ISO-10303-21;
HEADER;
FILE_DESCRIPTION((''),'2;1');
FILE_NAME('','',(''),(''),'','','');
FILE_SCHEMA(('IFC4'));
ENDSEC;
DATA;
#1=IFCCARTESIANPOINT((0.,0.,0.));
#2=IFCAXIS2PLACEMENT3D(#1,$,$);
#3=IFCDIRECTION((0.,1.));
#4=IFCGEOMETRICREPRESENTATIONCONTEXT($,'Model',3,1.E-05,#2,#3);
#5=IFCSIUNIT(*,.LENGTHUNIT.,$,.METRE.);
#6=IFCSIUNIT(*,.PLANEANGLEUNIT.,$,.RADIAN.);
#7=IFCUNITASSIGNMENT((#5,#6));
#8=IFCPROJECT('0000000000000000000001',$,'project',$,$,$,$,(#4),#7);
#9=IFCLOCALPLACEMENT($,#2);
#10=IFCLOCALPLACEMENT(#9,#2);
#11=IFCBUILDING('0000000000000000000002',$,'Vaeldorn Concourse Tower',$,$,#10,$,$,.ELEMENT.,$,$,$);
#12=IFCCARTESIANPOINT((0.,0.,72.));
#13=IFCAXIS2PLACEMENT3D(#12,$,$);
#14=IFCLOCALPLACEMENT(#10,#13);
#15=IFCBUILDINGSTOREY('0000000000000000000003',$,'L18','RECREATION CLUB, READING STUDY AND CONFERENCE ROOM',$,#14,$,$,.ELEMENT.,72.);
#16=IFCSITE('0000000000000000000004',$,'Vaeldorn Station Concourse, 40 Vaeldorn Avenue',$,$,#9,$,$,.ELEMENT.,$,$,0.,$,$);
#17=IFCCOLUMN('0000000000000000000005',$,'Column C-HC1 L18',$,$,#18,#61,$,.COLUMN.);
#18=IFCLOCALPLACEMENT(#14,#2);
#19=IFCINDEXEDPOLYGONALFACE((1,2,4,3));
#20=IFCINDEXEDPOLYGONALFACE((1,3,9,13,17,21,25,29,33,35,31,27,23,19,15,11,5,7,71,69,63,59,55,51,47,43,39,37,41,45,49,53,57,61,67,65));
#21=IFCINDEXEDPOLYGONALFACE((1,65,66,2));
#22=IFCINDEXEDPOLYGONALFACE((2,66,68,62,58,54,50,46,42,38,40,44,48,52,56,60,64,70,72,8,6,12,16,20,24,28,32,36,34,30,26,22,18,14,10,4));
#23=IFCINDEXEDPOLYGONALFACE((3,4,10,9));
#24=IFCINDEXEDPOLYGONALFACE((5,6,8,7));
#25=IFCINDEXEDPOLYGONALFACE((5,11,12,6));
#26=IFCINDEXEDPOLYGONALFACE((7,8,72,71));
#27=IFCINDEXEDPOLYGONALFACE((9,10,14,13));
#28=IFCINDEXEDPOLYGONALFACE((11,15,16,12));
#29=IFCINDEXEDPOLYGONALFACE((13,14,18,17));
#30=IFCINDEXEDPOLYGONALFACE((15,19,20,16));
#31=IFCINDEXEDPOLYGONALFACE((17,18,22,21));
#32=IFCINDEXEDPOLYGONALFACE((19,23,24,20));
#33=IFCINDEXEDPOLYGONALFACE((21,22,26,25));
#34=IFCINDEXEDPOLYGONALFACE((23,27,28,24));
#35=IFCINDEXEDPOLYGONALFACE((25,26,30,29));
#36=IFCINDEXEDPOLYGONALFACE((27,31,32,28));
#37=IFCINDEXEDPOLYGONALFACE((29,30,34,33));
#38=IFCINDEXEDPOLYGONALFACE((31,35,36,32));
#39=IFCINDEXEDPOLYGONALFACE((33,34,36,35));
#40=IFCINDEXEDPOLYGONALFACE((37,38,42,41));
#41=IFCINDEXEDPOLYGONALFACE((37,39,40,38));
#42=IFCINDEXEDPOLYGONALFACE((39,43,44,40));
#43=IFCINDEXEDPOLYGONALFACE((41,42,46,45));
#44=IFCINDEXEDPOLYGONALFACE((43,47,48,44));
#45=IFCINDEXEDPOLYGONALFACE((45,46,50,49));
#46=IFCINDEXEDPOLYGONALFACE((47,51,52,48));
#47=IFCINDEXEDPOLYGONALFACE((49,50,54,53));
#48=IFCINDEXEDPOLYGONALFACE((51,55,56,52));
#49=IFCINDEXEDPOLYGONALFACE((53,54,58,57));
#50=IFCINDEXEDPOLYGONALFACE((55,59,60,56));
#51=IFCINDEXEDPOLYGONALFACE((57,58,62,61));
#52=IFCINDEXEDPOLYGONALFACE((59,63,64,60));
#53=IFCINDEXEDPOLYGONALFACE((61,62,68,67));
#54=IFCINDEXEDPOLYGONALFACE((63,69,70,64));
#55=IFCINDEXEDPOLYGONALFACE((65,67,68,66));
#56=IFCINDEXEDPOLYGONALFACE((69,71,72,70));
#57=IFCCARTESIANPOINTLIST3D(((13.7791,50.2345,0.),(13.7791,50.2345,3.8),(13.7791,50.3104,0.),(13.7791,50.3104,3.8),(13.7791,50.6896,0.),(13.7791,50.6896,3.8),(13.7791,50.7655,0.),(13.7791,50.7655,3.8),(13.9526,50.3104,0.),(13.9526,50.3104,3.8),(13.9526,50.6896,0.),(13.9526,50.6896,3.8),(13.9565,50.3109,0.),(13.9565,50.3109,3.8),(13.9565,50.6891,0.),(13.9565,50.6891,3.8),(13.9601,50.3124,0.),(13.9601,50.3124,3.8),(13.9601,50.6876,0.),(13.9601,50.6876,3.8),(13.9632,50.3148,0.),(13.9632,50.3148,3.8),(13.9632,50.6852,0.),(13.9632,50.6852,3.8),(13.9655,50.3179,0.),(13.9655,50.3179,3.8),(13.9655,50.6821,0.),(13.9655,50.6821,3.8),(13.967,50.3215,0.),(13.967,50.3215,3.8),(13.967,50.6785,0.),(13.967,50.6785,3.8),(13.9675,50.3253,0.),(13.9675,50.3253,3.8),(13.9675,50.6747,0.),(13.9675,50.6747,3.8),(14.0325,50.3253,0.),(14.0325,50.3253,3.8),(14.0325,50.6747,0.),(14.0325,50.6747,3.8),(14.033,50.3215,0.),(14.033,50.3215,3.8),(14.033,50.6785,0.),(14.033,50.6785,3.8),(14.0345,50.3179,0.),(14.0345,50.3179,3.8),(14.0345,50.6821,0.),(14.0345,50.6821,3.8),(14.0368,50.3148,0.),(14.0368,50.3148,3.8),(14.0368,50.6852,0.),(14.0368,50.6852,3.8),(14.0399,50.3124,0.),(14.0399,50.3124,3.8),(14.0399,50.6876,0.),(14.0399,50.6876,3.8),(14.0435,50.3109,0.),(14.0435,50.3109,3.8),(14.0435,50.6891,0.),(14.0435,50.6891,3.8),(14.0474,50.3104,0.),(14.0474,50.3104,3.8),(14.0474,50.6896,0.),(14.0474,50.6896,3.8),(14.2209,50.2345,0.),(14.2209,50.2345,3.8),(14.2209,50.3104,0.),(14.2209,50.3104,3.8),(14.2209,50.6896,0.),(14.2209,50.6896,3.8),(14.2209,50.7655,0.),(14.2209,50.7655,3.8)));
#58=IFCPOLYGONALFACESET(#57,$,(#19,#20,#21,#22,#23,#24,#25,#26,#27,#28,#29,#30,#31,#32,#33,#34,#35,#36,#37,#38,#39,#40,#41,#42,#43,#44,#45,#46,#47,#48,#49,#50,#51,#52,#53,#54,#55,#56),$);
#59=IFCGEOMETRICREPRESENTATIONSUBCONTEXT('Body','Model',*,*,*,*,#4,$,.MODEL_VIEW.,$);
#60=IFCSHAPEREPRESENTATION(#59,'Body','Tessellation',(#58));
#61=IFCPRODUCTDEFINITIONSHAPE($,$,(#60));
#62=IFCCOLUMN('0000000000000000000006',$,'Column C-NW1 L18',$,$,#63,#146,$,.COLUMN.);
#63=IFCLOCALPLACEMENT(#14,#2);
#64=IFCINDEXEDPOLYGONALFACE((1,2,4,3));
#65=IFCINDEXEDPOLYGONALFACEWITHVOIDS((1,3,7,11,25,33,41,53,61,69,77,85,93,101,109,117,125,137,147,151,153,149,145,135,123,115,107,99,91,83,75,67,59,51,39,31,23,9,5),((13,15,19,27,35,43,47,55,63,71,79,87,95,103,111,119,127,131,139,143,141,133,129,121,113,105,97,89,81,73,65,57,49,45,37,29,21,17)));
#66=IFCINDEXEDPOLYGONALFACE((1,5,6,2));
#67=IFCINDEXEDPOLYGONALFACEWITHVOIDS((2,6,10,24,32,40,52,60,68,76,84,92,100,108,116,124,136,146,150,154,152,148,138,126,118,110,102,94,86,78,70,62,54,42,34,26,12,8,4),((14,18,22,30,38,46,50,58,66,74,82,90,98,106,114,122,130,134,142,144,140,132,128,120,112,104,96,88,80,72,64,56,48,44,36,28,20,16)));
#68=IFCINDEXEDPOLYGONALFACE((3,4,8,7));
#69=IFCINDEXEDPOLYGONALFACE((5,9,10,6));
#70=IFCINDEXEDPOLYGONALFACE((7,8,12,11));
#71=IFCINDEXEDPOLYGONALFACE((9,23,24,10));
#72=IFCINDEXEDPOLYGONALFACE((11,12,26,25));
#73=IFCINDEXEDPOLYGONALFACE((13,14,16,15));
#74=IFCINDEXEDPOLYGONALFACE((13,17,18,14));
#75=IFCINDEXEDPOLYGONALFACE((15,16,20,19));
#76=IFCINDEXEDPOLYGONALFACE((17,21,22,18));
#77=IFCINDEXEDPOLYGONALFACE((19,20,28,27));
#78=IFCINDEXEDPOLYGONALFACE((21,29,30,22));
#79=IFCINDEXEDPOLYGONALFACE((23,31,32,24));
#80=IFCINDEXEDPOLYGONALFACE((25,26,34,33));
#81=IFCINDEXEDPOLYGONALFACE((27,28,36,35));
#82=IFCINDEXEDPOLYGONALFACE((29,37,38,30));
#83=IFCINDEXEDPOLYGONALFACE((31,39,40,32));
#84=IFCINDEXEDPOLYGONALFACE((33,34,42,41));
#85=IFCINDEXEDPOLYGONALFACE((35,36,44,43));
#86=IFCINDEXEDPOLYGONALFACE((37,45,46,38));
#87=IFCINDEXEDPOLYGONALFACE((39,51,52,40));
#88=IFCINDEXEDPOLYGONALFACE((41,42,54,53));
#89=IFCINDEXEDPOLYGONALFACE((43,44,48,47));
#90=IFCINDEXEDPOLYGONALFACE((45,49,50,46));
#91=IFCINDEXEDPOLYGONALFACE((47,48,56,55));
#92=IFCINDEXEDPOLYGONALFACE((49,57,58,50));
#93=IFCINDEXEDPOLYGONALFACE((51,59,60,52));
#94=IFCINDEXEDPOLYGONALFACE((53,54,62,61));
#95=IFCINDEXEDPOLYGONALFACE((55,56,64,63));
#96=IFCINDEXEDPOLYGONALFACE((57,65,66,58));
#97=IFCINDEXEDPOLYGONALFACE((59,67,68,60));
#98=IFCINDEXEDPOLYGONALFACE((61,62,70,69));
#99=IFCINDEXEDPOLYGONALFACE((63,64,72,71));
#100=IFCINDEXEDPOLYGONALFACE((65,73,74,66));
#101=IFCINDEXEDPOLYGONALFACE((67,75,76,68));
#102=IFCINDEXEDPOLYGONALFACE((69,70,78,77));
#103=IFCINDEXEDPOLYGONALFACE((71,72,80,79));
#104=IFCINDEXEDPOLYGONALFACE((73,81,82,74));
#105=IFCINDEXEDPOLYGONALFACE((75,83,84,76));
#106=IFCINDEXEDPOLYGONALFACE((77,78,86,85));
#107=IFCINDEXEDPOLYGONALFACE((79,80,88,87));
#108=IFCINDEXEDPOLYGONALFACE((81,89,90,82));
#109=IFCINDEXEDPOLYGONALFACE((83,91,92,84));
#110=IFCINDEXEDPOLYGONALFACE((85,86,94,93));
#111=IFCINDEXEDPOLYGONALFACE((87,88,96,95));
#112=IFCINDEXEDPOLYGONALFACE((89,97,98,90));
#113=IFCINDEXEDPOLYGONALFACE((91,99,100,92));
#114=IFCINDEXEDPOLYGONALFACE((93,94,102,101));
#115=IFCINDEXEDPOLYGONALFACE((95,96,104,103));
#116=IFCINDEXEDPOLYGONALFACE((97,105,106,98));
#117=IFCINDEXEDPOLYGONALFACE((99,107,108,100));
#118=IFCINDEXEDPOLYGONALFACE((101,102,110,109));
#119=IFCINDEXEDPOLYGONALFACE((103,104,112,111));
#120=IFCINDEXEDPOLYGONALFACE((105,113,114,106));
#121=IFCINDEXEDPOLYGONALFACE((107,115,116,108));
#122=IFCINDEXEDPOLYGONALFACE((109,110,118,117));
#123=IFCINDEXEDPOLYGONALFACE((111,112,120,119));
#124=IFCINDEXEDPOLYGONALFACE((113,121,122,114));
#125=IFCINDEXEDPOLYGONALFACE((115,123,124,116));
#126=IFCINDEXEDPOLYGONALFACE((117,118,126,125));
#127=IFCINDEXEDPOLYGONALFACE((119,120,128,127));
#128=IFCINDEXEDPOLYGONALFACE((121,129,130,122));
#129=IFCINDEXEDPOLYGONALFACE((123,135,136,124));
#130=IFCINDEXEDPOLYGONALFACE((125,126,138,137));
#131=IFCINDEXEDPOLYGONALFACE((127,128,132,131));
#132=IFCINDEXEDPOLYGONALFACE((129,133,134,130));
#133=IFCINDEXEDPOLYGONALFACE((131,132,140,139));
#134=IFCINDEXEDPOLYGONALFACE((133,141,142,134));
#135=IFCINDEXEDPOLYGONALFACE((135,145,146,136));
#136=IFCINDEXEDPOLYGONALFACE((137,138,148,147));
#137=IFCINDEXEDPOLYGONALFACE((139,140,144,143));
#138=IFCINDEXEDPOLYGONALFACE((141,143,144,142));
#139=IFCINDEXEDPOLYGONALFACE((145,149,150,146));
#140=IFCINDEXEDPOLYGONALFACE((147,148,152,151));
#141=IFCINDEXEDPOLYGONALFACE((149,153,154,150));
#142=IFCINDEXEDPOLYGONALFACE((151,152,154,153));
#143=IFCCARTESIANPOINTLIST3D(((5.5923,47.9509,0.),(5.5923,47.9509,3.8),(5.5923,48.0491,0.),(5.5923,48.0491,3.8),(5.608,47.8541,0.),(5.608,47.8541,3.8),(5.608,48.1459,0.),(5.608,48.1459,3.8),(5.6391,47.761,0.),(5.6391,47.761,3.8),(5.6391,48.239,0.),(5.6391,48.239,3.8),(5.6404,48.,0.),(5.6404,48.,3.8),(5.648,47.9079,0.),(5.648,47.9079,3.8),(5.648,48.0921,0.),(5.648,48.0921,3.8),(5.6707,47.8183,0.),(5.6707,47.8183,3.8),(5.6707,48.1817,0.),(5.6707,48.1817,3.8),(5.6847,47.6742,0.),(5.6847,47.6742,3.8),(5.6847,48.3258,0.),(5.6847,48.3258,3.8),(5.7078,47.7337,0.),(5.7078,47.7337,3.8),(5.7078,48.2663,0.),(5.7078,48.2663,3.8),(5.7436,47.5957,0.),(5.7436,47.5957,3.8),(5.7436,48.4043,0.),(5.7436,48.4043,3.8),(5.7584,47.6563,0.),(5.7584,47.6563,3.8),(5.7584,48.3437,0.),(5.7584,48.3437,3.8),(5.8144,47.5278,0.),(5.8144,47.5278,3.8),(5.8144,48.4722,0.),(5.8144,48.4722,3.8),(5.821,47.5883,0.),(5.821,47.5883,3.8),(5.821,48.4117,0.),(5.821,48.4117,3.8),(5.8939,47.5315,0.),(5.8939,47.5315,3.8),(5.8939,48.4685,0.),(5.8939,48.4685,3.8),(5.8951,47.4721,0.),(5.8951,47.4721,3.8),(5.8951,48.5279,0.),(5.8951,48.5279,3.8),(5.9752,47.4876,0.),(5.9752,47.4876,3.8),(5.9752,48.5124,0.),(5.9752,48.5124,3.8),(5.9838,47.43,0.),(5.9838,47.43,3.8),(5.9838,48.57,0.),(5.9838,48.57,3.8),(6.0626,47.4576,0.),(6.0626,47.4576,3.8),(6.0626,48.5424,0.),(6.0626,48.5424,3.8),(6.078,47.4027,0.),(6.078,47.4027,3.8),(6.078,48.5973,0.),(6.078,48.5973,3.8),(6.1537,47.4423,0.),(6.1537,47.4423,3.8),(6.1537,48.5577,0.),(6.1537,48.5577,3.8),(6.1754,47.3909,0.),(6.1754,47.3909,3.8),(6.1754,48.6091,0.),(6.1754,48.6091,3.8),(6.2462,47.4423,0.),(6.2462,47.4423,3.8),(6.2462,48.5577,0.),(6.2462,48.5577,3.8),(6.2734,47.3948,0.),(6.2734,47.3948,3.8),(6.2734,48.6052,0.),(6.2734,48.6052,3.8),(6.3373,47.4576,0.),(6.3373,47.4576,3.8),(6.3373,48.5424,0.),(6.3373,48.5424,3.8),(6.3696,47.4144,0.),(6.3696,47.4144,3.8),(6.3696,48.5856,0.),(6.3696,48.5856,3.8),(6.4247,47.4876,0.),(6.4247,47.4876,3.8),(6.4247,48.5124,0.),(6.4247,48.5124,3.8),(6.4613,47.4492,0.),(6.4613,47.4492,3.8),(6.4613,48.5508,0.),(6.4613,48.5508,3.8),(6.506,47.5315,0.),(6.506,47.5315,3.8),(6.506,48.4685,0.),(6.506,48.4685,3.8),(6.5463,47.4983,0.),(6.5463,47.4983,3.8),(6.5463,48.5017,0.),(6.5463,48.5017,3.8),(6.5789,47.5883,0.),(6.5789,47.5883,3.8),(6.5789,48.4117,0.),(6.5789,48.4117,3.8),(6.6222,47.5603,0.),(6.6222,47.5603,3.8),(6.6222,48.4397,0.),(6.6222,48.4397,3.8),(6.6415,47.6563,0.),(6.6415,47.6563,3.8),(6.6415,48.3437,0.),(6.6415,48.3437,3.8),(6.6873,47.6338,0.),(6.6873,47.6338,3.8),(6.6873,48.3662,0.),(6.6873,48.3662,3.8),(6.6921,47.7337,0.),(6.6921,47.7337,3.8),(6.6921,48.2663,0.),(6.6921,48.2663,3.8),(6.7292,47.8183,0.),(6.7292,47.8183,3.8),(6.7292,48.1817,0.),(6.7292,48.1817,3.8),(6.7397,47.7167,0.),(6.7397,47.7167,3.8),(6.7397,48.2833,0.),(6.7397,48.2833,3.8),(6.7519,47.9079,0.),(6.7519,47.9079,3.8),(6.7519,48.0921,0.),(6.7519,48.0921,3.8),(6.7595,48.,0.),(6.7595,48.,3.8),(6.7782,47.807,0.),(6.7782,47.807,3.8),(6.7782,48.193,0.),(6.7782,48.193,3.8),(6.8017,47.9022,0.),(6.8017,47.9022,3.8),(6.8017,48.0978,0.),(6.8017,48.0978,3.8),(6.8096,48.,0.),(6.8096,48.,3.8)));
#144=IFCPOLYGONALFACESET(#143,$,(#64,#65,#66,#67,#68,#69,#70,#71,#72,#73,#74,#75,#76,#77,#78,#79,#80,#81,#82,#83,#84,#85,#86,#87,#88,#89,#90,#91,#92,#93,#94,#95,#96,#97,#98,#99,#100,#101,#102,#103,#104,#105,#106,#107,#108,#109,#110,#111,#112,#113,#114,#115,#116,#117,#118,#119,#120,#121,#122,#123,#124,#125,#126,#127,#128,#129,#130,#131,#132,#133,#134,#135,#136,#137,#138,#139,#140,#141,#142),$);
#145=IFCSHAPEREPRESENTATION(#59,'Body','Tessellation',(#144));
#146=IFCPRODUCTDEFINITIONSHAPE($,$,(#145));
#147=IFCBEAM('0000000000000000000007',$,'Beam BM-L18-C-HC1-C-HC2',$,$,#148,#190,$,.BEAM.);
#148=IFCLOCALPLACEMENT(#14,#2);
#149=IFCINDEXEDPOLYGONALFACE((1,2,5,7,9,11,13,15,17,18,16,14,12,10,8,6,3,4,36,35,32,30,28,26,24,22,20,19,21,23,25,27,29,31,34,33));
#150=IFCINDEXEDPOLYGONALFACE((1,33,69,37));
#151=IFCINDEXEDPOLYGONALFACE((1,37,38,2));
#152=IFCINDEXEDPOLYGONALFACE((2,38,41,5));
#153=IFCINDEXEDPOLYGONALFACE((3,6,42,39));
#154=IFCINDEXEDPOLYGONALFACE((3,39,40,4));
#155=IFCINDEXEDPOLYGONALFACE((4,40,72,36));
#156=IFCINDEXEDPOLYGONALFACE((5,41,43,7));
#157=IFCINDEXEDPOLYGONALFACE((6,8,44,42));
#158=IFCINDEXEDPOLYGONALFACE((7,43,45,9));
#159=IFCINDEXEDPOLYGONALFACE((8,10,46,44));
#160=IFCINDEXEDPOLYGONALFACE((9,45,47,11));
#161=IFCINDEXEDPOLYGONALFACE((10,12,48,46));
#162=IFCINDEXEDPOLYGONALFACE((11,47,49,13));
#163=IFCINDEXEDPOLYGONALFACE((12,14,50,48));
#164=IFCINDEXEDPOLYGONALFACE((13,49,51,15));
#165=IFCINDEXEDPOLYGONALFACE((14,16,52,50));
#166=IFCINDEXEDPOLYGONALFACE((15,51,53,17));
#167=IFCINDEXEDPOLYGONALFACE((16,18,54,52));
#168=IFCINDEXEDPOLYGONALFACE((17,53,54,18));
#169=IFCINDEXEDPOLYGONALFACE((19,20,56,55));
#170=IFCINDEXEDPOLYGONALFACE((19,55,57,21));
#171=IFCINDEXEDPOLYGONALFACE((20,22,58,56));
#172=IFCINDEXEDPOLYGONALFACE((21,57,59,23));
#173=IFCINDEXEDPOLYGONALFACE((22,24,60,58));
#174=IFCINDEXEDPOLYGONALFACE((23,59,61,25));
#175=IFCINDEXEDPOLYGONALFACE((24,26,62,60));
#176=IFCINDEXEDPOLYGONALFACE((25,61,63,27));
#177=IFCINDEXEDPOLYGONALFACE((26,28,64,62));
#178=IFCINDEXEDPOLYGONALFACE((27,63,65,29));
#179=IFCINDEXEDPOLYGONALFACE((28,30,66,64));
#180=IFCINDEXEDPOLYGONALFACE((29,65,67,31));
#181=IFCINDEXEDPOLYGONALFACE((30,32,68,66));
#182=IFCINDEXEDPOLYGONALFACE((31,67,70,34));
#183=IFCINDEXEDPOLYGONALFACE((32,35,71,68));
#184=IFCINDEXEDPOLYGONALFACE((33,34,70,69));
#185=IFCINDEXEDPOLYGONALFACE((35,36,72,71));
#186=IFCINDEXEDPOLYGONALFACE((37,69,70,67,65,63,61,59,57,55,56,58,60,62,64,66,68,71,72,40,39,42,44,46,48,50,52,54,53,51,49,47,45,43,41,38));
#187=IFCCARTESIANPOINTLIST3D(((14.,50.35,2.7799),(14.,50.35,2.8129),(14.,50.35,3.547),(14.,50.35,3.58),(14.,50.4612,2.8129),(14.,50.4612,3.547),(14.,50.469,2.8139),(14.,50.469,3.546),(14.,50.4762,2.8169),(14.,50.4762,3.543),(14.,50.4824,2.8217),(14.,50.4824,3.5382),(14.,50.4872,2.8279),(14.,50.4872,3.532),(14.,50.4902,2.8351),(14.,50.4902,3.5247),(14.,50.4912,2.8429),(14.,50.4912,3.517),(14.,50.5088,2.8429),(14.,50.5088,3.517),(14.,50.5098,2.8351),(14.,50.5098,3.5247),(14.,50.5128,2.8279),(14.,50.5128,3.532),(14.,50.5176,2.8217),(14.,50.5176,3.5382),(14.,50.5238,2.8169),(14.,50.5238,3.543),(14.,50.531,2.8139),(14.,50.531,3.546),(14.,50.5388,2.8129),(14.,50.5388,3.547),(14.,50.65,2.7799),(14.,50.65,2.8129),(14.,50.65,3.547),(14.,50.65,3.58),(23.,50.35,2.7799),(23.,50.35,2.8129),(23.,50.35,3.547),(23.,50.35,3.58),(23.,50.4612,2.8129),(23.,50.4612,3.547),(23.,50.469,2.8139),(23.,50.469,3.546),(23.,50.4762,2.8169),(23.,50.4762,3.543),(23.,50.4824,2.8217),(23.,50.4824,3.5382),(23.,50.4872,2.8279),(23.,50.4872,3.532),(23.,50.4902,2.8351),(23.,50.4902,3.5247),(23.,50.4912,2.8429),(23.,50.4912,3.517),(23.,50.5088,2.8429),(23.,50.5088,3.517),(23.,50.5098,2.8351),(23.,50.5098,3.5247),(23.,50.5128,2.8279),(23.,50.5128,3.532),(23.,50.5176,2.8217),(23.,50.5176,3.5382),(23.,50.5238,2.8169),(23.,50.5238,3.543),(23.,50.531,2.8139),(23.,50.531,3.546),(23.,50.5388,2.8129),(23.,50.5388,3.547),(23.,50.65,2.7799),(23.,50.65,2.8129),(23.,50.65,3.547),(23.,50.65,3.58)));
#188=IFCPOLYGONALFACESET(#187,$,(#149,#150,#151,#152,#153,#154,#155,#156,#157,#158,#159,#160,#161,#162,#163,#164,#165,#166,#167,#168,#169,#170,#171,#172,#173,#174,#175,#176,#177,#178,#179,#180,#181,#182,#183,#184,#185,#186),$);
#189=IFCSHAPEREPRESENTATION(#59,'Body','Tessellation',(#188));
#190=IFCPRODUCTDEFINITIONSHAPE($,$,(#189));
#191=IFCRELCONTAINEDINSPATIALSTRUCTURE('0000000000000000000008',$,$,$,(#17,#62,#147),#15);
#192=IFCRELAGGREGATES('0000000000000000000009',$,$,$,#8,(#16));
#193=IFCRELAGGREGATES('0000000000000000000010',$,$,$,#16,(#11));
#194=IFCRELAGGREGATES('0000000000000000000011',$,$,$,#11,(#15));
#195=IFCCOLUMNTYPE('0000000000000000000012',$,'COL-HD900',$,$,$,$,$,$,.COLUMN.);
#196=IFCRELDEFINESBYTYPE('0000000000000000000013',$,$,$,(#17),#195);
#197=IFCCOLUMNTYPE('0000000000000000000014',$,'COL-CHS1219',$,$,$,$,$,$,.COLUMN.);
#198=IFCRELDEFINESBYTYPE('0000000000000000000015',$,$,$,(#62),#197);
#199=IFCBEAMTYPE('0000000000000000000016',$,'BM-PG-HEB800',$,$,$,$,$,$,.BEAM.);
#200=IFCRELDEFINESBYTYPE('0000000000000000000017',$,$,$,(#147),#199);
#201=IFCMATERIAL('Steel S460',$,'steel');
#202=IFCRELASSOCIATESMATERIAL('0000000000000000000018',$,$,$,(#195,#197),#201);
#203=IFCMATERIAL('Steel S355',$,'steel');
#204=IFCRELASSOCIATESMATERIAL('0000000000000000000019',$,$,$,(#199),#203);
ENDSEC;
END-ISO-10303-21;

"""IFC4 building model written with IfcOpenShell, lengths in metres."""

from ifc_helpers import new_model, si_unit, direction, frame, origin, origin_2d, place, context, subcontext, project, spatial, hollow_circle, i_section, extrude, source, transform, mapped, material, material_profile, profile_set, type_object, element, save


model = new_model("IFC4")

# Units and contexts
model_context = context("Model", 3, precision=1e-05, world=origin(), true_north=direction((0.0, 1.0)))
body_context = subcontext(model_context, "Body", "Model", "MODEL_VIEW")
ifc_project = project(units=[si_unit("LENGTHUNIT", "METRE"), si_unit("PLANEANGLEUNIT", "RADIAN")], contexts=[model_context])

# Site, building, storey
site_placement = place(None, origin())
site = spatial("IfcSite", under=ifc_project, at=site_placement, Name="Vaeldorn Station Concourse, 40 Vaeldorn Avenue", CompositionType="ELEMENT", RefElevation=0.0)
building_placement = place(site_placement, origin())
building = spatial("IfcBuilding", under=site, at=building_placement, Name="Vaeldorn Concourse Tower", CompositionType="ELEMENT")
storey_placement = place(building_placement, frame((0.0, 0.0, 72.0)))
storey = spatial("IfcBuildingStorey", under=building, at=storey_placement, Name="L18", Description="RECREATION CLUB, READING STUDY AND CONFERENCE ROOM", CompositionType="ELEMENT", Elevation=72.0)

# Columns
ifc_material_1 = material(Name="Steel S460", Category="steel")
ifc_material_profile_1 = material_profile(ifc_material_1, i_section(OverallWidth=0.4419, OverallDepth=0.531, WebThickness=0.0649, FlangeThickness=0.0759, FilletRadius=0.0149, at=origin_2d()), Name="HD 400x900")
ifc_profile_set_1 = profile_set([ifc_material_profile_1], Name="Steel S460")
column_type_1 = type_object("IfcColumnType", Name="COL-HD900", PredefinedType="COLUMN", material=ifc_profile_set_1)
shared_shape_1 = source(origin(), body_context, "Body", "SweptSolid", [
    extrude(i_section(OverallWidth=0.4419, OverallDepth=0.531, WebThickness=0.0649, FlangeThickness=0.0759, FilletRadius=0.0149, at=origin_2d()), origin(), (0.0, 0.0, 1.0), 3.8),
])
column_1_placement = place(storey_placement, frame((14.0, 50.5, 0.0), z_axis=(0.0, 0.0, 1.0), x_axis=(1.0, 0.0, 0.0)))
element("IfcColumn", 1, at=column_1_placement, inside=storey, type_object=column_type_1, Name="Column C-HC1 L18", PredefinedType="COLUMN", context=body_context, shape_type="MappedRepresentation", body=[
    mapped(shared_shape_1, transform((0.0, 0.0, 0.0), scale=1.0)),
])
ifc_material_profile_2 = material_profile(ifc_material_1, hollow_circle(Radius=0.6096, WallThickness=0.05, at=origin_2d()), Name="CHS 1219x50")
ifc_profile_set_2 = profile_set([ifc_material_profile_2], Name="Steel S460")
column_type_2 = type_object("IfcColumnType", Name="COL-CHS1219", PredefinedType="COLUMN", material=ifc_profile_set_2)
shared_shape_2 = source(origin(), body_context, "Body", "SweptSolid", [
    extrude(hollow_circle(Radius=0.6096, WallThickness=0.05, at=origin_2d()), origin(), (0.0, 0.0, 1.0), 3.8),
])
column_2_placement = place(storey_placement, frame((6.2, 48.0, 0.0), z_axis=(0.0, 0.0, 1.0), x_axis=(1.0, 0.0, 0.0)))
element("IfcColumn", 2, at=column_2_placement, inside=storey, type_object=column_type_2, Name="Column C-NW1 L18", PredefinedType="COLUMN", context=body_context, shape_type="MappedRepresentation", body=[
    mapped(shared_shape_2, transform((0.0, 0.0, 0.0), scale=1.0)),
])

# Beam
ifc_material_2 = material(Name="Steel S355", Category="steel")
ifc_material_profile_3 = material_profile(ifc_material_2, i_section(OverallWidth=0.3, OverallDepth=0.8, WebThickness=0.0176, FlangeThickness=0.033, FilletRadius=0.03, at=origin_2d()), Name="HEB 800")
ifc_profile_set_3 = profile_set([ifc_material_profile_3], Name="Steel S355")
beam_type_1 = type_object("IfcBeamType", Name="BM-PG-HEB800", PredefinedType="BEAM", material=ifc_profile_set_3)
shared_shape_3 = source(origin(), body_context, "Body", "SweptSolid", [
    extrude(i_section(OverallWidth=0.3, OverallDepth=0.8, WebThickness=0.0176, FlangeThickness=0.033, FilletRadius=0.03, at=origin_2d()), origin(), (0.0, 0.0, 1.0), 9.0),
])
beam_1_placement = place(storey_placement, frame((14.0, 50.5, 3.1799), z_axis=(1.0, 0.0, 0.0), x_axis=(0.0, 1.0, 0.0)))
element("IfcBeam", 3, at=beam_1_placement, inside=storey, type_object=beam_type_1, Name="Beam BM-L18-C-HC1-C-HC2", PredefinedType="BEAM", context=body_context, shape_type="MappedRepresentation", body=[
    mapped(shared_shape_3, transform((0.0, 0.0, 0.0), scale=1.0)),
])

save(model, "model.ifc")
